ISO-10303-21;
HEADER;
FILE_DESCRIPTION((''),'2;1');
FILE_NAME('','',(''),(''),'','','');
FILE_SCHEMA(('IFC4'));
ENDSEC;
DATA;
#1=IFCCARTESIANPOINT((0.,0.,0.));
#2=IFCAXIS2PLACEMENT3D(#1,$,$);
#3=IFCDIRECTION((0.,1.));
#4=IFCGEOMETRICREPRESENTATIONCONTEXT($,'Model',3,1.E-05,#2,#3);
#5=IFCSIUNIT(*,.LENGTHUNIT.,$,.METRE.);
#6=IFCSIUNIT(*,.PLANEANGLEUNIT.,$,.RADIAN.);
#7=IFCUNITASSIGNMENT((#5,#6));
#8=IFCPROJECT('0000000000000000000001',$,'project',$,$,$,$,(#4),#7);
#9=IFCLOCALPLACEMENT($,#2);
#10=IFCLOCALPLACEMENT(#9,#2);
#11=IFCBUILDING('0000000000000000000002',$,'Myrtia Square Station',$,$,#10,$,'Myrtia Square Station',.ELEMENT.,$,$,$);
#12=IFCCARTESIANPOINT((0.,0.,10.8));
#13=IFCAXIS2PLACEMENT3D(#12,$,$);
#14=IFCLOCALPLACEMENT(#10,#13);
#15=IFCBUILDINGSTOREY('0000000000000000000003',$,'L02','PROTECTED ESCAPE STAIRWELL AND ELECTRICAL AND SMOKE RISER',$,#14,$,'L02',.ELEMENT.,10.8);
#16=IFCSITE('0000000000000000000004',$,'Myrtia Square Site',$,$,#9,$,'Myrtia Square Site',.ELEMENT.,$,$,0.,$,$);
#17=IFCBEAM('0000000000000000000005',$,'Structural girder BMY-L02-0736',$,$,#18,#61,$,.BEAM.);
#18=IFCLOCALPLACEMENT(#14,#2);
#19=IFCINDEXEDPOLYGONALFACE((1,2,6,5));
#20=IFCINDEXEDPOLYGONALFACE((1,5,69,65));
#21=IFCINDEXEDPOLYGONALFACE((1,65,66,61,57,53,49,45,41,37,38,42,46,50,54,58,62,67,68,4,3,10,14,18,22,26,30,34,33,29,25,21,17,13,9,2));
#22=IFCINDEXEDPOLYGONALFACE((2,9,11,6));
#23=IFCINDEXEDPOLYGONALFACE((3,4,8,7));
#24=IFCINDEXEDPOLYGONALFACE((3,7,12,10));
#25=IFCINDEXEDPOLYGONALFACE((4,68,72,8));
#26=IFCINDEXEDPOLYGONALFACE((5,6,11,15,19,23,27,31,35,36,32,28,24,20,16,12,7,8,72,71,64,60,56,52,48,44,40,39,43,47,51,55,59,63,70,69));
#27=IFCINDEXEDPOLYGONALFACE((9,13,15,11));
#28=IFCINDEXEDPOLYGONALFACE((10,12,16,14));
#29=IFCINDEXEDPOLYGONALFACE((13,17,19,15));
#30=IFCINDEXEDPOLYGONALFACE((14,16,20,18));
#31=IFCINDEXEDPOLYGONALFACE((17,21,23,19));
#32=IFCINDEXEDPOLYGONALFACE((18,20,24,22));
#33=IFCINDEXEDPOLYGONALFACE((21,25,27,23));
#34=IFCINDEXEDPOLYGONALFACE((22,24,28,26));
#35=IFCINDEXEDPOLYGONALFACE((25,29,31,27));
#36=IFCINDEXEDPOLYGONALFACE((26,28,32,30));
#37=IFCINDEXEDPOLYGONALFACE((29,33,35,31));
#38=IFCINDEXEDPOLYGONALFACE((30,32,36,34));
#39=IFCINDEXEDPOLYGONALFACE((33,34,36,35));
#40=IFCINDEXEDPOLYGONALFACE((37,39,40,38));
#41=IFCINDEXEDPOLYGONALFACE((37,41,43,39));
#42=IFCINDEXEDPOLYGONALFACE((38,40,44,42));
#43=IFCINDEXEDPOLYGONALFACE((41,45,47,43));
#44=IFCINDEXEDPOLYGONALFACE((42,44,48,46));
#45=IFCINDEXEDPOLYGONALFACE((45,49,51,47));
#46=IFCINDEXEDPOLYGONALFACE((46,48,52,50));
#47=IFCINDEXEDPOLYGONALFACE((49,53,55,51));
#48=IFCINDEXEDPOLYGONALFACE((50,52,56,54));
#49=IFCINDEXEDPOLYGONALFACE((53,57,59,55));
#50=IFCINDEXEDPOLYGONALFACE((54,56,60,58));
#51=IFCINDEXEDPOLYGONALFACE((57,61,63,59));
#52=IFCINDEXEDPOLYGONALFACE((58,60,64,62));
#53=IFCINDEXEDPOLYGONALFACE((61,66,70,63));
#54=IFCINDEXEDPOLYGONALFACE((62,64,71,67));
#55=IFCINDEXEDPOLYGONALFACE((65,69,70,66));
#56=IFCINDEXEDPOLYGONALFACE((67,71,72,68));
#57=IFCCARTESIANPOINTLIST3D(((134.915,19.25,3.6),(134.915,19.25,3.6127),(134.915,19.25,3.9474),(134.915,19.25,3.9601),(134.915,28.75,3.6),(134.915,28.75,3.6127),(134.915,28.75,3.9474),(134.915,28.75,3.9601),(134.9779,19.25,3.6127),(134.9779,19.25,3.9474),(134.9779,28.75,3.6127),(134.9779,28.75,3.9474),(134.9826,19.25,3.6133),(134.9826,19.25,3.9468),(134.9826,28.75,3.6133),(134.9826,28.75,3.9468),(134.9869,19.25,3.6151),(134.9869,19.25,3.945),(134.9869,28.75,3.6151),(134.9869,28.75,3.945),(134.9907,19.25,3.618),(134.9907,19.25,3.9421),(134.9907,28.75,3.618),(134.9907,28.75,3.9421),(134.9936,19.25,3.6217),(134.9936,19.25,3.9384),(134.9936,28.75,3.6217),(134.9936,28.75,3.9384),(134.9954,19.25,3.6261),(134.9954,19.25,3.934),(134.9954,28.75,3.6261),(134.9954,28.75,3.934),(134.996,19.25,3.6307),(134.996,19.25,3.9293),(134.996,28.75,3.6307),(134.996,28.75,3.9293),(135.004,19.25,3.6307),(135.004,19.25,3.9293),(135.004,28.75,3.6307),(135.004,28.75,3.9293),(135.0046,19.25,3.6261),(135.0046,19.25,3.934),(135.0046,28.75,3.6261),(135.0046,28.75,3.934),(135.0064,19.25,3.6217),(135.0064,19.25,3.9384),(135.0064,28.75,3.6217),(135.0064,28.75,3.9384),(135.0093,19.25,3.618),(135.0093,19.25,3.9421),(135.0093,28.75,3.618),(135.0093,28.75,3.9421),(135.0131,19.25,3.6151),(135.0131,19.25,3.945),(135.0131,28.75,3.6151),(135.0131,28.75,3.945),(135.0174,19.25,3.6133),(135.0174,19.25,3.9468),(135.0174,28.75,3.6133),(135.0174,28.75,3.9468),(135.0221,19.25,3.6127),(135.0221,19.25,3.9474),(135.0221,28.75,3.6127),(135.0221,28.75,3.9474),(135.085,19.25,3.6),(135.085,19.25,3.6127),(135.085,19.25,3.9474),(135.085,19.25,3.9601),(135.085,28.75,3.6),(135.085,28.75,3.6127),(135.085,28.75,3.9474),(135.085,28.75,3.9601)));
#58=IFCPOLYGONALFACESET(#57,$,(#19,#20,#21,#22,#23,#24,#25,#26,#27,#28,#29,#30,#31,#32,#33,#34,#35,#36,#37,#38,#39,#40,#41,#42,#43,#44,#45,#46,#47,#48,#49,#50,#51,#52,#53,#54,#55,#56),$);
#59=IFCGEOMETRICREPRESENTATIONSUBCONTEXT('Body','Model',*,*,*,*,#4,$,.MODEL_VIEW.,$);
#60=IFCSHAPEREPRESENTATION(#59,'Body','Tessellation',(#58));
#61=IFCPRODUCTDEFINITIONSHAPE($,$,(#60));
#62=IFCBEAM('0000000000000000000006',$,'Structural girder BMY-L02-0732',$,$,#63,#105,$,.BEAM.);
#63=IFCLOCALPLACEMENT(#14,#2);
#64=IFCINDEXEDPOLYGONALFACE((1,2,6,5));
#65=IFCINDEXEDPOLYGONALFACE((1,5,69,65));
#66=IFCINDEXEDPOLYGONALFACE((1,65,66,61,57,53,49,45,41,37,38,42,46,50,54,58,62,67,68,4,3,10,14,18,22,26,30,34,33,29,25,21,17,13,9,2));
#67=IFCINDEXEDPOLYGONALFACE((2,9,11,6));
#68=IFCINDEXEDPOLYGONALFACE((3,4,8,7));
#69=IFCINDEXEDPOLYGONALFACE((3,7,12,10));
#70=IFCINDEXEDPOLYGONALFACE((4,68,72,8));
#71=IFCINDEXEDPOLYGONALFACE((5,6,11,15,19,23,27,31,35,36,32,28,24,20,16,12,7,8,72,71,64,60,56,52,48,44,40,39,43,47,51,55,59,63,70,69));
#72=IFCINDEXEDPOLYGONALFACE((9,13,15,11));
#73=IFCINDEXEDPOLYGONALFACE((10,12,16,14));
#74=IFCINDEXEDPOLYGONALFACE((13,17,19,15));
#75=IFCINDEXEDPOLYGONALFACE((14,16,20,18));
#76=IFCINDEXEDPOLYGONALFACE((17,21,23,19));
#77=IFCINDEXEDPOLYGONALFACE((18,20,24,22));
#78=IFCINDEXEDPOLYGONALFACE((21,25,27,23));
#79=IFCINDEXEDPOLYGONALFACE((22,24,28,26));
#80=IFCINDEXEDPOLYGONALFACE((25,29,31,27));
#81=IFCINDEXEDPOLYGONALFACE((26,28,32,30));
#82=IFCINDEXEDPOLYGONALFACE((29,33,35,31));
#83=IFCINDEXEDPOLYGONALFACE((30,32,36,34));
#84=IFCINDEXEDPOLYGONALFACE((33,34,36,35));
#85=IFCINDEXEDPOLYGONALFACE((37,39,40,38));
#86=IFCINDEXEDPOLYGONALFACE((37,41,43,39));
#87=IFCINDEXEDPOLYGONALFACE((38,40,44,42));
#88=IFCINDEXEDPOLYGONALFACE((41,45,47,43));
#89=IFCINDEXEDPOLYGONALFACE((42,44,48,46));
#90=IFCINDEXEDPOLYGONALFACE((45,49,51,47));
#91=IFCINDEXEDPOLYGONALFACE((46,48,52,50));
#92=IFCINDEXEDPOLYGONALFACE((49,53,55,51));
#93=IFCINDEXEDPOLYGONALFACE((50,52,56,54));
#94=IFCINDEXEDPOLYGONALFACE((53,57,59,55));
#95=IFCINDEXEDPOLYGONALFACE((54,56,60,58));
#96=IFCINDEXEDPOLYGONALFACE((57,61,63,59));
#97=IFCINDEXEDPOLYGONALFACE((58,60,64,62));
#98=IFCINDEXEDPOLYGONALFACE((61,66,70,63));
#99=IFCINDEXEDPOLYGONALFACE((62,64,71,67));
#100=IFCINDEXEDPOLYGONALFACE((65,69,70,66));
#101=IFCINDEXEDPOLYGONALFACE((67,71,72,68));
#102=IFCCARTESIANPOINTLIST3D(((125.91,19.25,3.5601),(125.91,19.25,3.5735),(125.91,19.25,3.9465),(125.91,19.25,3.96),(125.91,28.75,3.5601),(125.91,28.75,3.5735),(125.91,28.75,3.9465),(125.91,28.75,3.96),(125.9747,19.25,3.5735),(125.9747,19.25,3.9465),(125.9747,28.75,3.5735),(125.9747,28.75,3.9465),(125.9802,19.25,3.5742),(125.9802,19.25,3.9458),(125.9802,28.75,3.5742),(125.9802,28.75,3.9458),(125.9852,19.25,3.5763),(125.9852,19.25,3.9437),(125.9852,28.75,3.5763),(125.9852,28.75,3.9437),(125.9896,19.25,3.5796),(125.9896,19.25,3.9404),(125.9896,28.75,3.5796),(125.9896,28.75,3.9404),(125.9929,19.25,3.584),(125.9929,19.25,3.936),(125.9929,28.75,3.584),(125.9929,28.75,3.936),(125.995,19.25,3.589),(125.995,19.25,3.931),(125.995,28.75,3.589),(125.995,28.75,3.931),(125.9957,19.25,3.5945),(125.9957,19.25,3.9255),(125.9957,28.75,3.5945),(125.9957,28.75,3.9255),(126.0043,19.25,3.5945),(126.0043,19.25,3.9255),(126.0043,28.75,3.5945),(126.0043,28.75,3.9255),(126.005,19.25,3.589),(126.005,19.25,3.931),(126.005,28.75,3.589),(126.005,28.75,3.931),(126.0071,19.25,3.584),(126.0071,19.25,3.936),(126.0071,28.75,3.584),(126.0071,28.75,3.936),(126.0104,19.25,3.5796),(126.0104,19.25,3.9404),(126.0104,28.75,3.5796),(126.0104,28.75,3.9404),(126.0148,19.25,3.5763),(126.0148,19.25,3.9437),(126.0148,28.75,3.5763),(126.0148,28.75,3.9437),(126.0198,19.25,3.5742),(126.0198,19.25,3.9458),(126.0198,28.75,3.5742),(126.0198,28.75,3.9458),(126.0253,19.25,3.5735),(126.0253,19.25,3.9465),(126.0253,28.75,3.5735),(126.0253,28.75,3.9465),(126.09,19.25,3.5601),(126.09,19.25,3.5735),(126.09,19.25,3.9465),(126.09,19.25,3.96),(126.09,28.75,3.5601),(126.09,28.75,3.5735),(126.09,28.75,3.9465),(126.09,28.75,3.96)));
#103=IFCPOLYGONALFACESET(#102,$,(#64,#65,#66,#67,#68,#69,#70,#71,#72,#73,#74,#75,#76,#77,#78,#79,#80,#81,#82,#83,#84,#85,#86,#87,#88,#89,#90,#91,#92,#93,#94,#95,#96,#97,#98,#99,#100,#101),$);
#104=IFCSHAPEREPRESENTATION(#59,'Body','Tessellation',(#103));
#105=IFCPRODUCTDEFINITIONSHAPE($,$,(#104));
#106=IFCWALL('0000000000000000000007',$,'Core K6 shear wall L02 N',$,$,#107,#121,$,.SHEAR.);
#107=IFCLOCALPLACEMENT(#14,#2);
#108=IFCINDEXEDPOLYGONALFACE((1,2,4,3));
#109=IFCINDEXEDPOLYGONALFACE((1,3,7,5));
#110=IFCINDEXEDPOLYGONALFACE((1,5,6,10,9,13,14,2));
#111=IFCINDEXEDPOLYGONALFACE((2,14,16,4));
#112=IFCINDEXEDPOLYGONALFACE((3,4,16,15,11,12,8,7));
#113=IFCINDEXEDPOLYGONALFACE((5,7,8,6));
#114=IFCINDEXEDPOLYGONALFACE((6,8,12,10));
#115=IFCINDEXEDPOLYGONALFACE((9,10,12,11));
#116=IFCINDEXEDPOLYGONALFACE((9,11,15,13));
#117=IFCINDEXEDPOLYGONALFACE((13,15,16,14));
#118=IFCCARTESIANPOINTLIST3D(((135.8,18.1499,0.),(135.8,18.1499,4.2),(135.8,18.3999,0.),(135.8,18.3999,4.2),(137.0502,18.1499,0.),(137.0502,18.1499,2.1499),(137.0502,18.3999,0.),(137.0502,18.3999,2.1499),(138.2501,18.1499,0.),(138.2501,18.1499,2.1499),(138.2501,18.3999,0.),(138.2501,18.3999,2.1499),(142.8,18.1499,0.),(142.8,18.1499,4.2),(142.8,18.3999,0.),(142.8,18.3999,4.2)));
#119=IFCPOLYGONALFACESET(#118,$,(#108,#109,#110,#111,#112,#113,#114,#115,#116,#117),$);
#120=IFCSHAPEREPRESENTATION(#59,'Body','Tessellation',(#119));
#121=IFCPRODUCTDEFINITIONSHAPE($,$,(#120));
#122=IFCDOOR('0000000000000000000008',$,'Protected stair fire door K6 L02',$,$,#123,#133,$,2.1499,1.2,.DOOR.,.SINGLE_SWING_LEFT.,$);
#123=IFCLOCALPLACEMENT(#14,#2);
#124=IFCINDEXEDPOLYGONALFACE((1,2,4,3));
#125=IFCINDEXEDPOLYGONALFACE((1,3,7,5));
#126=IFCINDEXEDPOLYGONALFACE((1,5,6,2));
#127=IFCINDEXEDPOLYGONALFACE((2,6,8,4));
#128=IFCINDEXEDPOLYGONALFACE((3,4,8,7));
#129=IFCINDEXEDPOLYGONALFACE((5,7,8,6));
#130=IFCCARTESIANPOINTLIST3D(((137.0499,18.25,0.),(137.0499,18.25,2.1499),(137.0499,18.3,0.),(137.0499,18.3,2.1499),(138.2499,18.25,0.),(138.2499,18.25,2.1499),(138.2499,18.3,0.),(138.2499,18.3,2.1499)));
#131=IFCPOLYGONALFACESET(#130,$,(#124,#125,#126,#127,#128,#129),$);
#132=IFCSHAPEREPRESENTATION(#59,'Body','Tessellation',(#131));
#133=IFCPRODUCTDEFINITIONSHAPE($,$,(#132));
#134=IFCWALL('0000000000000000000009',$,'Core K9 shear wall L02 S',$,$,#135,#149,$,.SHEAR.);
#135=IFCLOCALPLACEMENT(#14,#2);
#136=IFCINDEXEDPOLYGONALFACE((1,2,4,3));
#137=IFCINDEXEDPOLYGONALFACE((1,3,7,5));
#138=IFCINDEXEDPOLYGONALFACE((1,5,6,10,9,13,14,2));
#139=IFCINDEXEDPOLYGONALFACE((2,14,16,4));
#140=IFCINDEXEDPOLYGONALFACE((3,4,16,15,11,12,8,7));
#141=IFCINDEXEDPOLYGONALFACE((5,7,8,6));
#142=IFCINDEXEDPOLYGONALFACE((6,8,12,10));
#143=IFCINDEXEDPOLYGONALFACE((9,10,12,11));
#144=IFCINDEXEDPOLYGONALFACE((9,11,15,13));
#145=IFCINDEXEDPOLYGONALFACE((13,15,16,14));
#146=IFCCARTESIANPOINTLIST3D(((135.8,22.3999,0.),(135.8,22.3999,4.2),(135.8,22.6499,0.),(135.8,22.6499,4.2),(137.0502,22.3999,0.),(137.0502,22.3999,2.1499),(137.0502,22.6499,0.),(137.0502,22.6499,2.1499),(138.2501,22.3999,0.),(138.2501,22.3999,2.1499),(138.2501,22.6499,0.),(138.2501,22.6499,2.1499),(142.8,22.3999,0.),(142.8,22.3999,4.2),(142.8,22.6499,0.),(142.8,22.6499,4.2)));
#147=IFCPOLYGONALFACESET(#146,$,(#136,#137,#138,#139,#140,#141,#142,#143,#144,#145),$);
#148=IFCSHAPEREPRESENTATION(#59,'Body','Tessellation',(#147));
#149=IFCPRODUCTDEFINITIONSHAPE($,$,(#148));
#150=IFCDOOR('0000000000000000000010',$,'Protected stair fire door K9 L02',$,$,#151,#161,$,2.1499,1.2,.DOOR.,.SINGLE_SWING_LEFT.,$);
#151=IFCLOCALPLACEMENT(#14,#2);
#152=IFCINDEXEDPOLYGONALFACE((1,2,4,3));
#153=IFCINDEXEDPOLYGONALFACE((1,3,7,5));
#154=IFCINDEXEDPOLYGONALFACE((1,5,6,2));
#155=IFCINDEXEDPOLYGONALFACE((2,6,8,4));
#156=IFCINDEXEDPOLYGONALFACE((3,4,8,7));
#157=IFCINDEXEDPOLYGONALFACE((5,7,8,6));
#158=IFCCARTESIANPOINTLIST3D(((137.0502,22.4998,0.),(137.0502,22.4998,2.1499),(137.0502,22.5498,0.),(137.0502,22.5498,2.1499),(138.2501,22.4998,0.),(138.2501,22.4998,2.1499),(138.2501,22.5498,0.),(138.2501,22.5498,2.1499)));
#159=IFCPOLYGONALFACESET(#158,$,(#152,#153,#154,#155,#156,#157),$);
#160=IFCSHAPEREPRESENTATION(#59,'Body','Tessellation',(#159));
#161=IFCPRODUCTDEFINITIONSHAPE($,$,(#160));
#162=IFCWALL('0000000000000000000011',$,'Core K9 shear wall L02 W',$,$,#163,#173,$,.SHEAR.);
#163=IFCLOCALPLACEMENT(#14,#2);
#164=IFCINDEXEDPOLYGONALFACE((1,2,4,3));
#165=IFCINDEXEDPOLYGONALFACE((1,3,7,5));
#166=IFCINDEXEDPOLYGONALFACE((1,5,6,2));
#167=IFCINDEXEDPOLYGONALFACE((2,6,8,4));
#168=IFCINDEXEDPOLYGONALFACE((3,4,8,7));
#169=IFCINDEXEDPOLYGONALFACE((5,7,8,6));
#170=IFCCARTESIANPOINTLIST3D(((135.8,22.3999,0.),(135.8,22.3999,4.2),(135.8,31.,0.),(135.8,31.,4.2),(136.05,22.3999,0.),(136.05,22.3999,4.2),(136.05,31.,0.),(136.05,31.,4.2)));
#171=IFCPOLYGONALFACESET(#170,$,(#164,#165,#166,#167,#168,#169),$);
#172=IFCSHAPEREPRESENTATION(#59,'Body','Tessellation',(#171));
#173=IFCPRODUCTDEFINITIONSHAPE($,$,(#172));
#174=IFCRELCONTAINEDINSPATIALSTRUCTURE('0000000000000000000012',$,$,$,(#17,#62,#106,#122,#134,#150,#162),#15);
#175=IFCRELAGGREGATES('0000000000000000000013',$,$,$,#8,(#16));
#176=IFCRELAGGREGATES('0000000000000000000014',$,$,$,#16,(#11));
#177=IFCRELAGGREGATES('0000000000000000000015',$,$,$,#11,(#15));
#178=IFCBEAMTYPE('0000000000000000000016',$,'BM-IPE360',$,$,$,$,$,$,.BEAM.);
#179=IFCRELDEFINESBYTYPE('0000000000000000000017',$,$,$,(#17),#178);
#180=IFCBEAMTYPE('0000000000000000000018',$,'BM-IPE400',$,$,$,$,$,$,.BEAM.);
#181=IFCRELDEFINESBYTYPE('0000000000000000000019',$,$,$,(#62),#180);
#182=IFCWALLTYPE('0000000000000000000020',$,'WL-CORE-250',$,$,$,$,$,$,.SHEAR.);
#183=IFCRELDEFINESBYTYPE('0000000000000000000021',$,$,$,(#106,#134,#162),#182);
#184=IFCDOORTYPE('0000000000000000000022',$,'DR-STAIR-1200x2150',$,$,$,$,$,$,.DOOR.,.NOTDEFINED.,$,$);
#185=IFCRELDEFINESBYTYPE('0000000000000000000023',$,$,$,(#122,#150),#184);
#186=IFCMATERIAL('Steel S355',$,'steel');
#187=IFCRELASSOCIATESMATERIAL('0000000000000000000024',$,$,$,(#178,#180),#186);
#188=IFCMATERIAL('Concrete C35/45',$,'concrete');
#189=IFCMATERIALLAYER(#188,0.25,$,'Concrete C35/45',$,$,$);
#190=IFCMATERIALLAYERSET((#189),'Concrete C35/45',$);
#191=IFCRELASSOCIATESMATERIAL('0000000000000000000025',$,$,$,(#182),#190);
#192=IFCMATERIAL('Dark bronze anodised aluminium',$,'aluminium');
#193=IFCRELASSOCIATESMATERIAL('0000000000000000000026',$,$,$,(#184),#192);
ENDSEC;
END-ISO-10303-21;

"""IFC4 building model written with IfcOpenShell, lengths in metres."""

from ifc_helpers import new_model, si_unit, direction, frame, frame_2d, origin, origin_2d, place, context, subcontext, project, spatial, rectangle, i_section, extrude, material, layer, layer_set, material_profile, profile_set, type_object, element, fill, save


model = new_model("IFC4")

# Units and contexts
model_context = context("Model", 3, precision=1e-05, world=origin(), true_north=direction((0.0, 1.0)))
body_context = subcontext(model_context, "Body", "Model", "MODEL_VIEW")
ifc_project = project(units=[si_unit("LENGTHUNIT", "METRE"), si_unit("PLANEANGLEUNIT", "RADIAN")], contexts=[model_context])

# Site, building, storey
site_placement = place(None, origin())
site = spatial("IfcSite", under=ifc_project, at=site_placement, Name="Myrtia Square Site", LongName="Myrtia Square Site", CompositionType="ELEMENT", RefElevation=0.0)
building_placement = place(site_placement, origin())
building = spatial("IfcBuilding", under=site, at=building_placement, Name="Myrtia Square Station", LongName="Myrtia Square Station", CompositionType="ELEMENT")
storey_placement = place(building_placement, frame((0.0, 0.0, 10.8)))
storey = spatial("IfcBuildingStorey", under=building, at=storey_placement, Name="L02", Description="PROTECTED ESCAPE STAIRWELL AND ELECTRICAL AND SMOKE RISER", LongName="L02", CompositionType="ELEMENT", Elevation=10.8)

# Shared definitions
ifc_material_1 = material(Name="Steel S355", Category="steel")

# Beams
ifc_material_profile_1 = material_profile(ifc_material_1, i_section(OverallWidth=0.1699, OverallDepth=0.3601, WebThickness=0.0081, FlangeThickness=0.0127, FilletRadius=0.0181, at=origin_2d()), Name="IPE 360")
ifc_profile_set_1 = profile_set([ifc_material_profile_1], Name="Steel S355")
beam_type_1 = type_object("IfcBeamType", Name="BM-IPE360", PredefinedType="BEAM", material=ifc_profile_set_1)
beam_1_placement = place(storey_placement, frame((135.0, 19.25, 3.78), z_axis=(0.0, 1.0, 0.0), x_axis=(-1.0, 0.0, 0.0)))
element("IfcBeam", 1, at=beam_1_placement, inside=storey, type_object=beam_type_1, Name="Structural girder BMY-L02-0736", PredefinedType="BEAM", context=body_context, shape_type="SweptSolid", body=[
    extrude(i_section(OverallWidth=0.1699, OverallDepth=0.3601, WebThickness=0.0081, FlangeThickness=0.0127, FilletRadius=0.0181, at=origin_2d()), origin(), (0.0, 0.0, 1.0), 9.5),
])
ifc_material_profile_2 = material_profile(ifc_material_1, i_section(OverallWidth=0.1799, OverallDepth=0.3999, WebThickness=0.0085, FlangeThickness=0.0134, FilletRadius=0.021, at=origin_2d()), Name="IPE 400")
ifc_profile_set_2 = profile_set([ifc_material_profile_2], Name="Steel S355")
beam_type_2 = type_object("IfcBeamType", Name="BM-IPE400", PredefinedType="BEAM", material=ifc_profile_set_2)
beam_2_placement = place(storey_placement, frame((126.0, 19.25, 3.76), z_axis=(0.0, 1.0, 0.0), x_axis=(-1.0, 0.0, 0.0)))
element("IfcBeam", 2, at=beam_2_placement, inside=storey, type_object=beam_type_2, Name="Structural girder BMY-L02-0732", PredefinedType="BEAM", context=body_context, shape_type="SweptSolid", body=[
    extrude(i_section(OverallWidth=0.1799, OverallDepth=0.3999, WebThickness=0.0085, FlangeThickness=0.0134, FilletRadius=0.021, at=origin_2d()), origin(), (0.0, 0.0, 1.0), 9.5),
])

# Walls, openings, doors
ifc_material_2 = material(Name="Concrete C35/45", Category="concrete")
ifc_layer_1 = layer(ifc_material_2, 0.25, Name="Concrete C35/45")
ifc_layer_set_1 = layer_set([ifc_layer_1], Name="Concrete C35/45")
wall_type_1 = type_object("IfcWallType", Name="WL-CORE-250", PredefinedType="SHEAR", material=ifc_layer_set_1)
wall_1_placement = place(storey_placement, frame((135.8, 18.2749, 0.0), z_axis=(0.0, 0.0, 1.0), x_axis=(1.0, 0.0, 0.0)))
wall_1 = element("IfcWall", 3, at=wall_1_placement, inside=storey, type_object=wall_type_1, Name="Core K6 shear wall L02 N", PredefinedType="SHEAR", context=body_context, shape_type="SweptSolid", body=[
    extrude(rectangle(XDim=7.0, YDim=0.25, at=frame_2d((3.5, 0.0))), origin(), (0.0, 0.0, 1.0), 4.2),
])
opening_1_placement = place(wall_1_placement, frame((1.25, 0.0, 0.0)))
opening_1 = element("IfcOpeningElement", 4, at=opening_1_placement, cuts=wall_1, PredefinedType="OPENING", context=body_context, shape_type="SweptSolid", body=[
    extrude(rectangle(XDim=1.2, YDim=2.1499, at=frame_2d((0.6001, 1.075))), frame((0.0, 0.1399, 0.0), z_axis=(0.0, -1.0, 0.0), x_axis=(1.0, 0.0, 0.0)), (0.0, 0.0, 1.0), 0.28),
])
ifc_material_3 = material(Name="Dark bronze anodised aluminium", Category="aluminium")
door_type_1 = type_object("IfcDoorType", Name="DR-STAIR-1200x2150", OperationType="NOTDEFINED", PredefinedType="DOOR", material=ifc_material_3)
door_1_placement = place(opening_1_placement, frame((1.2, 0.0, 0.0), z_axis=(0.0, 0.0, 1.0), x_axis=(-1.0, 0.0, 0.0)))
door_1 = element("IfcDoor", 5, at=door_1_placement, inside=storey, type_object=door_type_1, Name="Protected stair fire door K6 L02", OperationType="SINGLE_SWING_LEFT", OverallHeight=2.1499, OverallWidth=1.2, PredefinedType="DOOR", context=body_context, shape_type="SweptSolid", body=[
    extrude(rectangle(XDim=1.2, YDim=2.1499, at=frame_2d((0.6001, 1.075))), frame((0.0, 0.0249, 0.0), z_axis=(0.0, -1.0, 0.0), x_axis=(1.0, 0.0, 0.0)), (0.0, 0.0, 1.0), 0.05),
])
fill(opening_1, door_1)
wall_2_placement = place(storey_placement, frame((135.8, 22.5249, 0.0), z_axis=(0.0, 0.0, 1.0), x_axis=(1.0, 0.0, 0.0)))
wall_2 = element("IfcWall", 6, at=wall_2_placement, inside=storey, type_object=wall_type_1, Name="Core K9 shear wall L02 S", PredefinedType="SHEAR", context=body_context, shape_type="SweptSolid", body=[
    extrude(rectangle(XDim=7.0, YDim=0.25, at=frame_2d((3.5, 0.0))), origin(), (0.0, 0.0, 1.0), 4.2),
])
opening_2_placement = place(wall_2_placement, frame((1.25, 0.0, 0.0)))
opening_2 = element("IfcOpeningElement", 7, at=opening_2_placement, cuts=wall_2, PredefinedType="OPENING", context=body_context, shape_type="SweptSolid", body=[
    extrude(rectangle(XDim=1.2, YDim=2.1499, at=frame_2d((0.6001, 1.075))), frame((0.0, 0.1399, 0.0), z_axis=(0.0, -1.0, 0.0), x_axis=(1.0, 0.0, 0.0)), (0.0, 0.0, 1.0), 0.28),
])
door_2_placement = place(opening_2_placement, origin())
door_2 = element("IfcDoor", 8, at=door_2_placement, inside=storey, type_object=door_type_1, Name="Protected stair fire door K9 L02", OperationType="SINGLE_SWING_LEFT", OverallHeight=2.1499, OverallWidth=1.2, PredefinedType="DOOR", context=body_context, shape_type="SweptSolid", body=[
    extrude(rectangle(XDim=1.2, YDim=2.1499, at=frame_2d((0.6001, 1.075))), frame((0.0, 0.0249, 0.0), z_axis=(0.0, -1.0, 0.0), x_axis=(1.0, 0.0, 0.0)), (0.0, 0.0, 1.0), 0.05),
])
fill(opening_2, door_2)

# Wall
wall_3_placement = place(storey_placement, frame((135.925, 22.3999, 0.0), z_axis=(0.0, 0.0, 1.0), x_axis=(0.0, 1.0, 0.0)))
element("IfcWall", 9, at=wall_3_placement, inside=storey, type_object=wall_type_1, Name="Core K9 shear wall L02 W", PredefinedType="SHEAR", context=body_context, shape_type="SweptSolid", body=[
    extrude(rectangle(XDim=8.6001, YDim=0.25, at=frame_2d((4.3, 0.0))), origin(), (0.0, 0.0, 1.0), 4.2),
])

save(model, "model.ifc")
